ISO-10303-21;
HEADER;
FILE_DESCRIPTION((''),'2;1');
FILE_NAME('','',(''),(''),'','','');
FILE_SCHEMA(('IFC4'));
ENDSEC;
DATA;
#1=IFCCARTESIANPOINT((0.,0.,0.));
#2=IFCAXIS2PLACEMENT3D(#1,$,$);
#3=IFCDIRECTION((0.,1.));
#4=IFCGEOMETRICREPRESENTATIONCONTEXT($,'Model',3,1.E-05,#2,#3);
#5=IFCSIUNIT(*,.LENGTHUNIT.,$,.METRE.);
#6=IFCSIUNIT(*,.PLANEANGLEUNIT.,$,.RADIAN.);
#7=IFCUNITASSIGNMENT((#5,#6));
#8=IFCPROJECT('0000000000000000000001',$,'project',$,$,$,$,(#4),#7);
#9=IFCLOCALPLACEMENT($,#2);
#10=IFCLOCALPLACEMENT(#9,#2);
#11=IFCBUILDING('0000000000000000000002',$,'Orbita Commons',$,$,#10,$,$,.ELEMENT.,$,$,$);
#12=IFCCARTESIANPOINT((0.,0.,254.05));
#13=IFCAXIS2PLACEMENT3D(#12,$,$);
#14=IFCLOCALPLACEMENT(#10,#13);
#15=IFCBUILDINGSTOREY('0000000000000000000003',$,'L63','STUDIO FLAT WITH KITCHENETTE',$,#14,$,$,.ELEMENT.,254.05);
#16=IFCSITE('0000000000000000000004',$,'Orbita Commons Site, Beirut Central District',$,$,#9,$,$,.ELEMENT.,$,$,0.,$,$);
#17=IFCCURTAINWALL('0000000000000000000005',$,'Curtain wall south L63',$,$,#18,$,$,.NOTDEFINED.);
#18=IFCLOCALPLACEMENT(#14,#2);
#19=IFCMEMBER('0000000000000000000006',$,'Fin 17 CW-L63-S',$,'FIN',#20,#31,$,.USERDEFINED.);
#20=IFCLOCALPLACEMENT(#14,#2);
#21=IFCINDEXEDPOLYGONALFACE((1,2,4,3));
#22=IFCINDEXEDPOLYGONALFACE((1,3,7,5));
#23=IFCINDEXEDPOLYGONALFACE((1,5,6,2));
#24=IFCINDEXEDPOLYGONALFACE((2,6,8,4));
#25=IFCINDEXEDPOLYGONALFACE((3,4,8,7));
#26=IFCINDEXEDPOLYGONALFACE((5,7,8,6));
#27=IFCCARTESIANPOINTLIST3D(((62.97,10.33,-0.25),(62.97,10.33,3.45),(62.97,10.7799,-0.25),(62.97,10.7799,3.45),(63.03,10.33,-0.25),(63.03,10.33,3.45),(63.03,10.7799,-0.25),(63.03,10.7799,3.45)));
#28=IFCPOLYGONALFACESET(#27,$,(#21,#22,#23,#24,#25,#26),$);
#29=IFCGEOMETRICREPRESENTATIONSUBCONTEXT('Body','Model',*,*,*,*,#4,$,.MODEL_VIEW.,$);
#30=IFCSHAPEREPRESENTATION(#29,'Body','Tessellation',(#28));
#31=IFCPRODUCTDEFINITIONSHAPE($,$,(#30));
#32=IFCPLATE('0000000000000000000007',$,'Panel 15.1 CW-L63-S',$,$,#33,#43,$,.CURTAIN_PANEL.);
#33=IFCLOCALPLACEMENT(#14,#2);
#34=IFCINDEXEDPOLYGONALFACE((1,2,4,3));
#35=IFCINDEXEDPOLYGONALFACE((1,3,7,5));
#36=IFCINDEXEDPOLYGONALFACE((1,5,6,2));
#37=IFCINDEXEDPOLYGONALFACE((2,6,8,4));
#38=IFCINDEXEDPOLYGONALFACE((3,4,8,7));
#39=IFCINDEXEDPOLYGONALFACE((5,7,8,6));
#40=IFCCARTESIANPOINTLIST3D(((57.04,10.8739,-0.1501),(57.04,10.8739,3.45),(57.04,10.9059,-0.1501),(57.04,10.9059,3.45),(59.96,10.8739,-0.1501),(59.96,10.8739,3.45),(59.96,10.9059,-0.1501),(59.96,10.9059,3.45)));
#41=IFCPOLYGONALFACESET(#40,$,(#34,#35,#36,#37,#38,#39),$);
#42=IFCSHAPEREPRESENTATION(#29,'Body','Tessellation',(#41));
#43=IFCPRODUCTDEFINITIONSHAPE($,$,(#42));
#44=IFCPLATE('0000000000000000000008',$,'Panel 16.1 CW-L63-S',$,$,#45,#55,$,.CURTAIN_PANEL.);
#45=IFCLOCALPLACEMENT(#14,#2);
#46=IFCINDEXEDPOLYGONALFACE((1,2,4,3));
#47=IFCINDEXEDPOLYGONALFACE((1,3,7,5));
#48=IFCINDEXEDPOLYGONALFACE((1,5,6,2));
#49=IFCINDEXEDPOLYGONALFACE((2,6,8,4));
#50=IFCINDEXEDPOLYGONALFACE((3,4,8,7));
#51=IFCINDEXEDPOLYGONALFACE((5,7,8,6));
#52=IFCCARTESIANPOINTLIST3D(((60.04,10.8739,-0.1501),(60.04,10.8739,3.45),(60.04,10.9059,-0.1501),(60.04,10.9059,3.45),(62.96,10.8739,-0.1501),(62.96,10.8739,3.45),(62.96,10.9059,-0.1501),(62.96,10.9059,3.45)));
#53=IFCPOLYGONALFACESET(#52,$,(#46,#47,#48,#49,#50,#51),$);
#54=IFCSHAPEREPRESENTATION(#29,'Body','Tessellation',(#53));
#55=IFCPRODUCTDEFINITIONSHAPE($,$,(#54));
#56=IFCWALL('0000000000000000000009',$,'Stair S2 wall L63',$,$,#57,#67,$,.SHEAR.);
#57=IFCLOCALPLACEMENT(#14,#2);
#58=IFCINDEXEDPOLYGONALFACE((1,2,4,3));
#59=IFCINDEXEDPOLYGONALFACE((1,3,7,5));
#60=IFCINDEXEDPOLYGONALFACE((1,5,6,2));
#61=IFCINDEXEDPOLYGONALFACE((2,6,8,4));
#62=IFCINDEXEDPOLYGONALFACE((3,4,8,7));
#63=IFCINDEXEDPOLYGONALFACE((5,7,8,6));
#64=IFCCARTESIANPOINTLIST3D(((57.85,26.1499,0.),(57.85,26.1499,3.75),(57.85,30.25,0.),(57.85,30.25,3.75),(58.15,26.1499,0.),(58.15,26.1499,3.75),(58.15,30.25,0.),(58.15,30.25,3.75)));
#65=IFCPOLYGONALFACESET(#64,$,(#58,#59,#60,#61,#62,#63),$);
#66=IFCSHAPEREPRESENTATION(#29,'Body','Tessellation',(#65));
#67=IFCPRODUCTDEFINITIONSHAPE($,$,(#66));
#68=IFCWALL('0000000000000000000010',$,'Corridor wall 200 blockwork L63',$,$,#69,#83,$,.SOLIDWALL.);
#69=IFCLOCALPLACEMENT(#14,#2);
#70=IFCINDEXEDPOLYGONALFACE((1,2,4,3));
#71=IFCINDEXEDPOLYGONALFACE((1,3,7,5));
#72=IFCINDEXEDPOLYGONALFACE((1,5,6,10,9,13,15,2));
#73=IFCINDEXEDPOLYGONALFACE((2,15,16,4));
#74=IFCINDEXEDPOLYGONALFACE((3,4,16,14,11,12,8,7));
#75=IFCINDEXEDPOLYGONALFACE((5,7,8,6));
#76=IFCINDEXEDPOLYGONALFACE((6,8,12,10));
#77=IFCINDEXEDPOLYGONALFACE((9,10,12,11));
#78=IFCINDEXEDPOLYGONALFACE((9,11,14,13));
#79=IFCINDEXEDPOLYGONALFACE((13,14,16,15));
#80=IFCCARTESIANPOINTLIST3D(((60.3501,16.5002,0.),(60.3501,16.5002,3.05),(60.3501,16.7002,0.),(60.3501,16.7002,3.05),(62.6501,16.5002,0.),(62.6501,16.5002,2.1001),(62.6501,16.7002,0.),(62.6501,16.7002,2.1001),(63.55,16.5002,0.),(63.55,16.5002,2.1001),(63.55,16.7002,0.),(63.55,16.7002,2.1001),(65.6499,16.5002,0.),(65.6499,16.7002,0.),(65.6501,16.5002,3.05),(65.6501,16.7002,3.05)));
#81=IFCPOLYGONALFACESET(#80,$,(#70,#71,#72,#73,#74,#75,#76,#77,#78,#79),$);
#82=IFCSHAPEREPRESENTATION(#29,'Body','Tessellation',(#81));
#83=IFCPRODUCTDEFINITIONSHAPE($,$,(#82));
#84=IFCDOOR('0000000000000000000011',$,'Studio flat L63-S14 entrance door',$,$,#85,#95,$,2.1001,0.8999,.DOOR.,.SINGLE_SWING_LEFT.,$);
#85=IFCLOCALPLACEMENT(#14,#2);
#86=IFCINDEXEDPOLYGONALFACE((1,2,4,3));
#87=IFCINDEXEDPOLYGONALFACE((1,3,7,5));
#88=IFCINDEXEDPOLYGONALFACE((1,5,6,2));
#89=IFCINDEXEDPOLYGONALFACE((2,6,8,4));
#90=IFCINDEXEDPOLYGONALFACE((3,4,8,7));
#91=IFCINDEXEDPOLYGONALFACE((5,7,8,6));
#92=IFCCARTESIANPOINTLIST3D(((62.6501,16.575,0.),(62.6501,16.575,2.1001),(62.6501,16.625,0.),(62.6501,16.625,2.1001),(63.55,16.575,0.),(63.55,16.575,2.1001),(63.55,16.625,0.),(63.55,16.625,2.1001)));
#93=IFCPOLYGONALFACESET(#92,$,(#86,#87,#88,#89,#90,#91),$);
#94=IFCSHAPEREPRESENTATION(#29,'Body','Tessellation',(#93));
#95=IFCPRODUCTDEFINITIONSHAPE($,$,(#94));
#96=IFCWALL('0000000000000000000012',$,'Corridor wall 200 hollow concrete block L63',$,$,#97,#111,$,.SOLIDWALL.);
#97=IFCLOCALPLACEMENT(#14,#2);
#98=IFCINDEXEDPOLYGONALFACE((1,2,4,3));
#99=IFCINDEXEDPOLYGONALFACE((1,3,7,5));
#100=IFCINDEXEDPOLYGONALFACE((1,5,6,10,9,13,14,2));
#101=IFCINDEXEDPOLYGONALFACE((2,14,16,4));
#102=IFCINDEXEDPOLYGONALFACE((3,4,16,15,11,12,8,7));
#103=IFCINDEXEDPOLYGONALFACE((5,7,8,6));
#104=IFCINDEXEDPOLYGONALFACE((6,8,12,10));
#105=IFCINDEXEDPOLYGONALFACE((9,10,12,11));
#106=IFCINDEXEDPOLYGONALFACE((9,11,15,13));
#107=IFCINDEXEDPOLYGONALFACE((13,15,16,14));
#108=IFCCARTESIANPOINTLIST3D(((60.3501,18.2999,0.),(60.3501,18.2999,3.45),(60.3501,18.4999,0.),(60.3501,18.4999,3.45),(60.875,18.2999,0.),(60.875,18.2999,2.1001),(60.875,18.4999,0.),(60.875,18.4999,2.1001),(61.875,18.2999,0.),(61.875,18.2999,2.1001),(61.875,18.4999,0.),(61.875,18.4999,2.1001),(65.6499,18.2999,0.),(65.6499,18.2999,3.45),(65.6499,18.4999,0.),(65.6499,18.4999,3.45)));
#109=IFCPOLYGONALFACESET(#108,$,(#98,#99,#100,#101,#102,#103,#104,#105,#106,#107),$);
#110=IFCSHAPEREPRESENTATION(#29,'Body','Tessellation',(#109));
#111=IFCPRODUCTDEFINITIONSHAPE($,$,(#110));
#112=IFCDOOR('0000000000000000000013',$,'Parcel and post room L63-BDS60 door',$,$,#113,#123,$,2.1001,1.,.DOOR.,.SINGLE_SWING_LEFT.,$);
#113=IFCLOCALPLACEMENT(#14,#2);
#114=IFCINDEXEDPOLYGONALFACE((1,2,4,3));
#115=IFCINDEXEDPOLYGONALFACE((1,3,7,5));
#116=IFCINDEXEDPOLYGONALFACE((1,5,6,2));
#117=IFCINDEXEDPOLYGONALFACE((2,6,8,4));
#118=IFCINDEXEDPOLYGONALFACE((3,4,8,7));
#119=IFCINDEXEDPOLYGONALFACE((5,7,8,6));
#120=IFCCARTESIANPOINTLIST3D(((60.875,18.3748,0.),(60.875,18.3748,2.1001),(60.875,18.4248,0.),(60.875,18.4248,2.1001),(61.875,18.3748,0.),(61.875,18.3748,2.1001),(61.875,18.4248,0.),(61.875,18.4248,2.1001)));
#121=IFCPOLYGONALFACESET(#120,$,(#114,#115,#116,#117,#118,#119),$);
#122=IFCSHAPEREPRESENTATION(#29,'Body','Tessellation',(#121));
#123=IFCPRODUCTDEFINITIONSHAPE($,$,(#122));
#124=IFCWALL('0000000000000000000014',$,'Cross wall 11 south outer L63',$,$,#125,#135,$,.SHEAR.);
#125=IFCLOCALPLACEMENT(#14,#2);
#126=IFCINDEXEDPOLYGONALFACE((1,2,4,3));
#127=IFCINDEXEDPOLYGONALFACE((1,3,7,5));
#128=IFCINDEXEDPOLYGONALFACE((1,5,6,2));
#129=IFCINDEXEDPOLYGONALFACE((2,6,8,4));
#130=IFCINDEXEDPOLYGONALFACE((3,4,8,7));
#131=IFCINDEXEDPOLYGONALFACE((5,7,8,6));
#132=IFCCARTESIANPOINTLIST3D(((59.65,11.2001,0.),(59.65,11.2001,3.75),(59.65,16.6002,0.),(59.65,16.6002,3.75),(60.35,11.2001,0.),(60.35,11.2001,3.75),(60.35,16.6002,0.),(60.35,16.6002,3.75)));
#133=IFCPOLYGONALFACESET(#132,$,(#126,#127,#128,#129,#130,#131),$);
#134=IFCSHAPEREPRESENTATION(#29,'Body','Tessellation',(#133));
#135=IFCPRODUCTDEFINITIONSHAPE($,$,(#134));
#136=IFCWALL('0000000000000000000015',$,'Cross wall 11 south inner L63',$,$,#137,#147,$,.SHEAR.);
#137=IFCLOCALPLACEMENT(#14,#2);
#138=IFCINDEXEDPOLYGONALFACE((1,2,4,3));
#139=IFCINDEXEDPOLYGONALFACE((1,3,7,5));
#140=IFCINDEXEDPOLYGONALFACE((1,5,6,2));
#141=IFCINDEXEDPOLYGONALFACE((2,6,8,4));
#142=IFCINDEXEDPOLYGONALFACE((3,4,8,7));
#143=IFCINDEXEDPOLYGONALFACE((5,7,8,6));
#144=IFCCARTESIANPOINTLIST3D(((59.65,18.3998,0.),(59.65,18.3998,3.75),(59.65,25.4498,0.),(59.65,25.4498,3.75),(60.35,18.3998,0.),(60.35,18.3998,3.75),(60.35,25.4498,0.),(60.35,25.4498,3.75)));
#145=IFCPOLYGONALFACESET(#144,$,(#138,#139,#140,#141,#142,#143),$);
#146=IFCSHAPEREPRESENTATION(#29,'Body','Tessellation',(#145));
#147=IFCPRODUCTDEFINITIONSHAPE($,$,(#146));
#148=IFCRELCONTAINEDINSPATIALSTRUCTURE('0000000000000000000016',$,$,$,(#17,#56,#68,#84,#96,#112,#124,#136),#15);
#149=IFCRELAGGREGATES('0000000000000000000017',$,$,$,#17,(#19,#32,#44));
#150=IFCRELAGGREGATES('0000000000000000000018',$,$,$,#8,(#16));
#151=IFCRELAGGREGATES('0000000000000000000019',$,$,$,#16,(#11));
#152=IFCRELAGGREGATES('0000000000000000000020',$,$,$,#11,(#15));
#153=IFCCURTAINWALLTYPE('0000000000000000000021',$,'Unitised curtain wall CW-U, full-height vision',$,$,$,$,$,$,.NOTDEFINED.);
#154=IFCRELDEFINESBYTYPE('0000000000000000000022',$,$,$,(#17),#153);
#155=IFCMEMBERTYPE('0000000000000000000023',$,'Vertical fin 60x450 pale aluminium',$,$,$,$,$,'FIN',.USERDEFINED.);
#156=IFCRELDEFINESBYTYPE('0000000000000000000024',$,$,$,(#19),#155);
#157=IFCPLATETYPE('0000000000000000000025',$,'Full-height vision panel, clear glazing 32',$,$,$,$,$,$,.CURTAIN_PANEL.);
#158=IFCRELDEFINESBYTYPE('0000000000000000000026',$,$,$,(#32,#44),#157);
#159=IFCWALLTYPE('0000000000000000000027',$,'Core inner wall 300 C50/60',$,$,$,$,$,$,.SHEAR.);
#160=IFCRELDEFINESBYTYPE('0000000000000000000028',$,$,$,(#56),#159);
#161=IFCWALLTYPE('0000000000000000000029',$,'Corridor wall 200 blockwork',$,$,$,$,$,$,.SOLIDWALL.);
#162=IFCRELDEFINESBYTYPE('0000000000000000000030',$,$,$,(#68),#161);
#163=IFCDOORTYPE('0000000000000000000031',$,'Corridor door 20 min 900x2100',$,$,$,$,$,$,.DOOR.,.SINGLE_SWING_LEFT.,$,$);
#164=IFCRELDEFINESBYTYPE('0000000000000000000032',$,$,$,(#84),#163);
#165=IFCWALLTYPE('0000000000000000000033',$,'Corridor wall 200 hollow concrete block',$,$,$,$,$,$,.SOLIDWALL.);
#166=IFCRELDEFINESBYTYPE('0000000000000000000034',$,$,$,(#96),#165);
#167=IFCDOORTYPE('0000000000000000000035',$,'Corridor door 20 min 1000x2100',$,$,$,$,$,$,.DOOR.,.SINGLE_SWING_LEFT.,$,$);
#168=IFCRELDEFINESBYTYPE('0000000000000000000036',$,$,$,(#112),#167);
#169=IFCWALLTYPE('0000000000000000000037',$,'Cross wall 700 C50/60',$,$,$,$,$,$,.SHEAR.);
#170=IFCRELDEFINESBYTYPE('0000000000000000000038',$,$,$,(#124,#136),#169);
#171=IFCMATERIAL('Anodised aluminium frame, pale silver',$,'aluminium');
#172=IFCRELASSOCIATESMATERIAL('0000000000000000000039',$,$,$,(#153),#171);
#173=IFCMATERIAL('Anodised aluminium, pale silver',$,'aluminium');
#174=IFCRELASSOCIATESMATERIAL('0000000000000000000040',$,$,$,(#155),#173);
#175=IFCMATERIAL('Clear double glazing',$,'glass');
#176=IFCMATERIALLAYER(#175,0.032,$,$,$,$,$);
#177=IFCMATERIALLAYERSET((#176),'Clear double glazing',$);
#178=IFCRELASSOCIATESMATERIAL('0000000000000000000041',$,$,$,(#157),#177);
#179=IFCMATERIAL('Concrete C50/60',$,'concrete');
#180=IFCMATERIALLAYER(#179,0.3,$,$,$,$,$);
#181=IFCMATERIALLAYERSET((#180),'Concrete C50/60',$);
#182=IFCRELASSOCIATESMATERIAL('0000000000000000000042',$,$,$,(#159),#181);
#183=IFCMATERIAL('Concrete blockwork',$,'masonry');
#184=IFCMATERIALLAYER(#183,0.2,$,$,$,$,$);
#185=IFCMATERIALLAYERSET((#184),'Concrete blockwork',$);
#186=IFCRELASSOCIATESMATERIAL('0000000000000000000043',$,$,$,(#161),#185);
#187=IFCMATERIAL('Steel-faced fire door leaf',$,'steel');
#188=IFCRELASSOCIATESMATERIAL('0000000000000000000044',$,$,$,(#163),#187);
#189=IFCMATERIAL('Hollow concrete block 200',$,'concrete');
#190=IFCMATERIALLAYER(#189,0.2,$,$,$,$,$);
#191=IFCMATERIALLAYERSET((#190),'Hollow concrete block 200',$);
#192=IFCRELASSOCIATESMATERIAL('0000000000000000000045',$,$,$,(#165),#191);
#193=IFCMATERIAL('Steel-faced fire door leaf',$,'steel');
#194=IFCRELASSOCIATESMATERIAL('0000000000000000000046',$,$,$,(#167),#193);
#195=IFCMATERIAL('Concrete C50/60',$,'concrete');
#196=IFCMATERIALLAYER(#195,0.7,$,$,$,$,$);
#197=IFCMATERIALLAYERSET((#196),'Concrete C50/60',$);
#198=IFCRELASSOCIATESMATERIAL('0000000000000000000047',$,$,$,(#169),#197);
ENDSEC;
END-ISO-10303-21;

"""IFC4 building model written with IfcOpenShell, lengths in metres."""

from ifc_helpers import new_model, si_unit, direction, frame, frame_2d, origin, origin_2d, place, context, subcontext, project, spatial, polyline, rectangle, outline, extrude, material, layer, layer_set, material_profile, profile_set, type_object, element, fill, aggregate, save


model = new_model("IFC4")

# Units and contexts
model_context = context("Model", 3, precision=1e-05, world=origin(), true_north=direction((0.0, 1.0)))
body_context = subcontext(model_context, "Body", "Model", "MODEL_VIEW")
ifc_project = project(units=[si_unit("LENGTHUNIT", "METRE"), si_unit("PLANEANGLEUNIT", "RADIAN")], contexts=[model_context])

# Site, building, storey
site_placement = place(None, origin())
site = spatial("IfcSite", under=ifc_project, at=site_placement, Name="Orbita Commons Site, Beirut Central District", CompositionType="ELEMENT", RefElevation=0.0)
building_placement = place(site_placement, origin())
building = spatial("IfcBuilding", under=site, at=building_placement, Name="Orbita Commons", CompositionType="ELEMENT")
storey_placement = place(building_placement, frame((0.0, 0.0, 254.05)))
storey = spatial("IfcBuildingStorey", under=building, at=storey_placement, Name="L63", Description="STUDIO FLAT WITH KITCHENETTE", CompositionType="ELEMENT", Elevation=254.05)

# Curtain wall
ifc_material_1 = material(Name="Anodised aluminium frame, pale silver", Category="aluminium")
curtain_wall_type = type_object("IfcCurtainWallType", Name="Unitised curtain wall CW-U, full-height vision", PredefinedType="NOTDEFINED", material=ifc_material_1)
curtain_wall_placement = place(storey_placement, origin())
curtain_wall = element("IfcCurtainWall", 1, at=curtain_wall_placement, inside=storey, type_object=curtain_wall_type, Name="Curtain wall south L63", PredefinedType="NOTDEFINED")

# Member
ifc_material_2 = material(Name="Anodised aluminium, pale silver", Category="aluminium")
ifc_material_profile_1 = material_profile(ifc_material_2, rectangle(XDim=0.0601, YDim=0.45, at=origin_2d()), Name="FIN 60x450")
ifc_profile_set_1 = profile_set([ifc_material_profile_1], Name="Anodised aluminium, pale silver")
member_type_1 = type_object("IfcMemberType", Name="Vertical fin 60x450 pale aluminium", ElementType="FIN", PredefinedType="USERDEFINED", material=ifc_profile_set_1)
member_1_placement = place(storey_placement, frame((63.0, 10.5549, -0.25), z_axis=(0.0, 0.0, 1.0), x_axis=(1.0, 0.0, 0.0)))
member_1 = element("IfcMember", 2, at=member_1_placement, type_object=member_type_1, Name="Fin 17 CW-L63-S", ObjectType="FIN", PredefinedType="USERDEFINED", context=body_context, shape_type="SweptSolid", body=[
    extrude(rectangle(XDim=0.0601, YDim=0.45, at=origin_2d()), origin(), (0.0, 0.0, 1.0), 3.7),
])

# Plates
ifc_material_3 = material(Name="Clear double glazing", Category="glass")
ifc_layer_1 = layer(ifc_material_3, 0.032)
ifc_layer_set_1 = layer_set([ifc_layer_1], Name="Clear double glazing")
plate_type = type_object("IfcPlateType", Name="Full-height vision panel, clear glazing 32", PredefinedType="CURTAIN_PANEL", material=ifc_layer_set_1)
plate_1_placement = place(storey_placement, frame((58.5, 10.8899, -0.1501), z_axis=(0.0, 0.0, 1.0), x_axis=(1.0, 0.0, 0.0)))
plate_1 = element("IfcPlate", 3, at=plate_1_placement, type_object=plate_type, Name="Panel 15.1 CW-L63-S", PredefinedType="CURTAIN_PANEL", context=body_context, shape_type="SweptSolid", body=[
    extrude(rectangle(XDim=2.9199, YDim=0.032, at=origin_2d()), origin(), (0.0, 0.0, 1.0), 3.6001),
])
plate_2_placement = place(storey_placement, frame((61.5, 10.8899, -0.1501), z_axis=(0.0, 0.0, 1.0), x_axis=(1.0, 0.0, 0.0)))
plate_2 = element("IfcPlate", 4, at=plate_2_placement, type_object=plate_type, Name="Panel 16.1 CW-L63-S", PredefinedType="CURTAIN_PANEL", context=body_context, shape_type="SweptSolid", body=[
    extrude(rectangle(XDim=2.9199, YDim=0.032, at=origin_2d()), origin(), (0.0, 0.0, 1.0), 3.6001),
])
aggregate(curtain_wall, [member_1, plate_1, plate_2])

# Wall
ifc_material_4 = material(Name="Concrete C50/60", Category="concrete")
ifc_layer_2 = layer(ifc_material_4, 0.3)
ifc_layer_set_2 = layer_set([ifc_layer_2], Name="Concrete C50/60")
wall_type_1 = type_object("IfcWallType", Name="Core inner wall 300 C50/60", PredefinedType="SHEAR", material=ifc_layer_set_2)
wall_1_placement = place(storey_placement, frame((58.0, 26.1499, 0.0), z_axis=(0.0, 0.0, 1.0), x_axis=(0.0, 1.0, 0.0)))
element("IfcWall", 5, at=wall_1_placement, inside=storey, type_object=wall_type_1, Name="Stair S2 wall L63", PredefinedType="SHEAR", context=body_context, shape_type="SweptSolid", body=[
    extrude(rectangle(XDim=4.1001, YDim=0.3, at=frame_2d((2.05, 0.0))), origin(), (0.0, 0.0, 1.0), 3.75),
])

# Walls, openings, doors
ifc_material_5 = material(Name="Concrete blockwork", Category="masonry")
ifc_layer_3 = layer(ifc_material_5, 0.2)
ifc_layer_set_3 = layer_set([ifc_layer_3], Name="Concrete blockwork")
wall_type_2 = type_object("IfcWallType", Name="Corridor wall 200 blockwork", PredefinedType="SOLIDWALL", material=ifc_layer_set_3)
wall_2_placement = place(storey_placement, frame((60.3501, 16.6001, 0.0), z_axis=(0.0, 0.0, 1.0), x_axis=(1.0, 0.0, 0.0)))
wall_2 = element("IfcWall", 6, at=wall_2_placement, inside=storey, type_object=wall_type_2, Name="Corridor wall 200 blockwork L63", PredefinedType="SOLIDWALL", context=body_context, shape_type="SweptSolid", body=[
    extrude(outline(polyline([(0.0, 0.0), (5.2998, 0.0), (5.3, 3.05), (0.0, 3.05), (0.0, 0.0)])), frame((0.0, 0.1001, 0.0), z_axis=(0.0, -1.0, 0.0), x_axis=(1.0, 0.0, 0.0)), (0.0, 0.0, 1.0), 0.2),
])
opening_1_placement = place(wall_2_placement, frame((2.3, 0.0, 0.0)))
opening_1 = element("IfcOpeningElement", 7, at=opening_1_placement, cuts=wall_2, PredefinedType="OPENING", context=body_context, shape_type="SweptSolid", body=[
    extrude(rectangle(XDim=0.8999, YDim=2.1001, at=frame_2d((0.45, 1.05))), frame((0.0, 0.1099, 0.0), z_axis=(0.0, -1.0, 0.0), x_axis=(1.0, 0.0, 0.0)), (0.0, 0.0, 1.0), 0.22),
])
ifc_material_6 = material(Name="Steel-faced fire door leaf", Category="steel")
door_type_1 = type_object("IfcDoorType", Name="Corridor door 20 min 900x2100", OperationType="SINGLE_SWING_LEFT", PredefinedType="DOOR", material=ifc_material_6)
door_1_placement = place(opening_1_placement, origin())
door_1 = element("IfcDoor", 8, at=door_1_placement, inside=storey, type_object=door_type_1, Name="Studio flat L63-S14 entrance door", OperationType="SINGLE_SWING_LEFT", OverallHeight=2.1001, OverallWidth=0.8999, PredefinedType="DOOR", context=body_context, shape_type="SweptSolid", body=[
    extrude(rectangle(XDim=0.8999, YDim=2.1001, at=frame_2d((0.45, 1.05))), frame((0.0, 0.0249, 0.0), z_axis=(0.0, -1.0, 0.0), x_axis=(1.0, 0.0, 0.0)), (0.0, 0.0, 1.0), 0.05),
])
fill(opening_1, door_1)
ifc_material_7 = material(Name="Hollow concrete block 200", Category="concrete")
ifc_layer_4 = layer(ifc_material_7, 0.2)
ifc_layer_set_4 = layer_set([ifc_layer_4], Name="Hollow concrete block 200")
wall_type_3 = type_object("IfcWallType", Name="Corridor wall 200 hollow concrete block", PredefinedType="SOLIDWALL", material=ifc_layer_set_4)
wall_3_placement = place(storey_placement, frame((60.3501, 18.3999, 0.0), z_axis=(0.0, 0.0, 1.0), x_axis=(1.0, 0.0, 0.0)))
wall_3 = element("IfcWall", 9, at=wall_3_placement, inside=storey, type_object=wall_type_3, Name="Corridor wall 200 hollow concrete block L63", PredefinedType="SOLIDWALL", context=body_context, shape_type="SweptSolid", body=[
    extrude(rectangle(XDim=5.2998, YDim=0.2, at=frame_2d((2.6499, 0.0))), origin(), (0.0, 0.0, 1.0), 3.45),
])
opening_2_placement = place(wall_3_placement, frame((0.5249, 0.0, 0.0)))
opening_2 = element("IfcOpeningElement", 10, at=opening_2_placement, cuts=wall_3, PredefinedType="OPENING", context=body_context, shape_type="SweptSolid", body=[
    extrude(rectangle(XDim=1.0, YDim=2.1001, at=frame_2d((0.5, 1.05))), frame((0.0, 0.1099, 0.0), z_axis=(0.0, -1.0, 0.0), x_axis=(1.0, 0.0, 0.0)), (0.0, 0.0, 1.0), 0.22),
])
ifc_material_8 = material(Name="Steel-faced fire door leaf", Category="steel")
door_type_2 = type_object("IfcDoorType", Name="Corridor door 20 min 1000x2100", OperationType="SINGLE_SWING_LEFT", PredefinedType="DOOR", material=ifc_material_8)
door_2_placement = place(opening_2_placement, origin())
door_2 = element("IfcDoor", 11, at=door_2_placement, inside=storey, type_object=door_type_2, Name="Parcel and post room L63-BDS60 door", OperationType="SINGLE_SWING_LEFT", OverallHeight=2.1001, OverallWidth=1.0, PredefinedType="DOOR", context=body_context, shape_type="SweptSolid", body=[
    extrude(rectangle(XDim=1.0, YDim=2.1001, at=frame_2d((0.5, 1.05))), frame((0.0, 0.0249, 0.0), z_axis=(0.0, -1.0, 0.0), x_axis=(1.0, 0.0, 0.0)), (0.0, 0.0, 1.0), 0.05),
])
fill(opening_2, door_2)

# Walls
ifc_material_9 = material(Name="Concrete C50/60", Category="concrete")
ifc_layer_5 = layer(ifc_material_9, 0.7)
ifc_layer_set_5 = layer_set([ifc_layer_5], Name="Concrete C50/60")
wall_type_4 = type_object("IfcWallType", Name="Cross wall 700 C50/60", PredefinedType="SHEAR", material=ifc_layer_set_5)
wall_4_placement = place(storey_placement, frame((60.0, 11.2, 0.0), z_axis=(0.0, 0.0, 1.0), x_axis=(0.0, 1.0, 0.0)))
element("IfcWall", 12, at=wall_4_placement, inside=storey, type_object=wall_type_4, Name="Cross wall 11 south outer L63", PredefinedType="SHEAR", context=body_context, shape_type="SweptSolid", body=[
    extrude(rectangle(XDim=5.4001, YDim=0.7, at=frame_2d((2.7002, 0.0))), origin(), (0.0, 0.0, 1.0), 3.75),
])
wall_5_placement = place(storey_placement, frame((60.0, 18.3999, 0.0), z_axis=(0.0, 0.0, 1.0), x_axis=(0.0, 1.0, 0.0)))
element("IfcWall", 13, at=wall_5_placement, inside=storey, type_object=wall_type_4, Name="Cross wall 11 south inner L63", PredefinedType="SHEAR", context=body_context, shape_type="SweptSolid", body=[
    extrude(rectangle(XDim=7.05, YDim=0.7, at=frame_2d((3.5249, 0.0))), origin(), (0.0, 0.0, 1.0), 3.75),
])

save(model, "model.ifc")
